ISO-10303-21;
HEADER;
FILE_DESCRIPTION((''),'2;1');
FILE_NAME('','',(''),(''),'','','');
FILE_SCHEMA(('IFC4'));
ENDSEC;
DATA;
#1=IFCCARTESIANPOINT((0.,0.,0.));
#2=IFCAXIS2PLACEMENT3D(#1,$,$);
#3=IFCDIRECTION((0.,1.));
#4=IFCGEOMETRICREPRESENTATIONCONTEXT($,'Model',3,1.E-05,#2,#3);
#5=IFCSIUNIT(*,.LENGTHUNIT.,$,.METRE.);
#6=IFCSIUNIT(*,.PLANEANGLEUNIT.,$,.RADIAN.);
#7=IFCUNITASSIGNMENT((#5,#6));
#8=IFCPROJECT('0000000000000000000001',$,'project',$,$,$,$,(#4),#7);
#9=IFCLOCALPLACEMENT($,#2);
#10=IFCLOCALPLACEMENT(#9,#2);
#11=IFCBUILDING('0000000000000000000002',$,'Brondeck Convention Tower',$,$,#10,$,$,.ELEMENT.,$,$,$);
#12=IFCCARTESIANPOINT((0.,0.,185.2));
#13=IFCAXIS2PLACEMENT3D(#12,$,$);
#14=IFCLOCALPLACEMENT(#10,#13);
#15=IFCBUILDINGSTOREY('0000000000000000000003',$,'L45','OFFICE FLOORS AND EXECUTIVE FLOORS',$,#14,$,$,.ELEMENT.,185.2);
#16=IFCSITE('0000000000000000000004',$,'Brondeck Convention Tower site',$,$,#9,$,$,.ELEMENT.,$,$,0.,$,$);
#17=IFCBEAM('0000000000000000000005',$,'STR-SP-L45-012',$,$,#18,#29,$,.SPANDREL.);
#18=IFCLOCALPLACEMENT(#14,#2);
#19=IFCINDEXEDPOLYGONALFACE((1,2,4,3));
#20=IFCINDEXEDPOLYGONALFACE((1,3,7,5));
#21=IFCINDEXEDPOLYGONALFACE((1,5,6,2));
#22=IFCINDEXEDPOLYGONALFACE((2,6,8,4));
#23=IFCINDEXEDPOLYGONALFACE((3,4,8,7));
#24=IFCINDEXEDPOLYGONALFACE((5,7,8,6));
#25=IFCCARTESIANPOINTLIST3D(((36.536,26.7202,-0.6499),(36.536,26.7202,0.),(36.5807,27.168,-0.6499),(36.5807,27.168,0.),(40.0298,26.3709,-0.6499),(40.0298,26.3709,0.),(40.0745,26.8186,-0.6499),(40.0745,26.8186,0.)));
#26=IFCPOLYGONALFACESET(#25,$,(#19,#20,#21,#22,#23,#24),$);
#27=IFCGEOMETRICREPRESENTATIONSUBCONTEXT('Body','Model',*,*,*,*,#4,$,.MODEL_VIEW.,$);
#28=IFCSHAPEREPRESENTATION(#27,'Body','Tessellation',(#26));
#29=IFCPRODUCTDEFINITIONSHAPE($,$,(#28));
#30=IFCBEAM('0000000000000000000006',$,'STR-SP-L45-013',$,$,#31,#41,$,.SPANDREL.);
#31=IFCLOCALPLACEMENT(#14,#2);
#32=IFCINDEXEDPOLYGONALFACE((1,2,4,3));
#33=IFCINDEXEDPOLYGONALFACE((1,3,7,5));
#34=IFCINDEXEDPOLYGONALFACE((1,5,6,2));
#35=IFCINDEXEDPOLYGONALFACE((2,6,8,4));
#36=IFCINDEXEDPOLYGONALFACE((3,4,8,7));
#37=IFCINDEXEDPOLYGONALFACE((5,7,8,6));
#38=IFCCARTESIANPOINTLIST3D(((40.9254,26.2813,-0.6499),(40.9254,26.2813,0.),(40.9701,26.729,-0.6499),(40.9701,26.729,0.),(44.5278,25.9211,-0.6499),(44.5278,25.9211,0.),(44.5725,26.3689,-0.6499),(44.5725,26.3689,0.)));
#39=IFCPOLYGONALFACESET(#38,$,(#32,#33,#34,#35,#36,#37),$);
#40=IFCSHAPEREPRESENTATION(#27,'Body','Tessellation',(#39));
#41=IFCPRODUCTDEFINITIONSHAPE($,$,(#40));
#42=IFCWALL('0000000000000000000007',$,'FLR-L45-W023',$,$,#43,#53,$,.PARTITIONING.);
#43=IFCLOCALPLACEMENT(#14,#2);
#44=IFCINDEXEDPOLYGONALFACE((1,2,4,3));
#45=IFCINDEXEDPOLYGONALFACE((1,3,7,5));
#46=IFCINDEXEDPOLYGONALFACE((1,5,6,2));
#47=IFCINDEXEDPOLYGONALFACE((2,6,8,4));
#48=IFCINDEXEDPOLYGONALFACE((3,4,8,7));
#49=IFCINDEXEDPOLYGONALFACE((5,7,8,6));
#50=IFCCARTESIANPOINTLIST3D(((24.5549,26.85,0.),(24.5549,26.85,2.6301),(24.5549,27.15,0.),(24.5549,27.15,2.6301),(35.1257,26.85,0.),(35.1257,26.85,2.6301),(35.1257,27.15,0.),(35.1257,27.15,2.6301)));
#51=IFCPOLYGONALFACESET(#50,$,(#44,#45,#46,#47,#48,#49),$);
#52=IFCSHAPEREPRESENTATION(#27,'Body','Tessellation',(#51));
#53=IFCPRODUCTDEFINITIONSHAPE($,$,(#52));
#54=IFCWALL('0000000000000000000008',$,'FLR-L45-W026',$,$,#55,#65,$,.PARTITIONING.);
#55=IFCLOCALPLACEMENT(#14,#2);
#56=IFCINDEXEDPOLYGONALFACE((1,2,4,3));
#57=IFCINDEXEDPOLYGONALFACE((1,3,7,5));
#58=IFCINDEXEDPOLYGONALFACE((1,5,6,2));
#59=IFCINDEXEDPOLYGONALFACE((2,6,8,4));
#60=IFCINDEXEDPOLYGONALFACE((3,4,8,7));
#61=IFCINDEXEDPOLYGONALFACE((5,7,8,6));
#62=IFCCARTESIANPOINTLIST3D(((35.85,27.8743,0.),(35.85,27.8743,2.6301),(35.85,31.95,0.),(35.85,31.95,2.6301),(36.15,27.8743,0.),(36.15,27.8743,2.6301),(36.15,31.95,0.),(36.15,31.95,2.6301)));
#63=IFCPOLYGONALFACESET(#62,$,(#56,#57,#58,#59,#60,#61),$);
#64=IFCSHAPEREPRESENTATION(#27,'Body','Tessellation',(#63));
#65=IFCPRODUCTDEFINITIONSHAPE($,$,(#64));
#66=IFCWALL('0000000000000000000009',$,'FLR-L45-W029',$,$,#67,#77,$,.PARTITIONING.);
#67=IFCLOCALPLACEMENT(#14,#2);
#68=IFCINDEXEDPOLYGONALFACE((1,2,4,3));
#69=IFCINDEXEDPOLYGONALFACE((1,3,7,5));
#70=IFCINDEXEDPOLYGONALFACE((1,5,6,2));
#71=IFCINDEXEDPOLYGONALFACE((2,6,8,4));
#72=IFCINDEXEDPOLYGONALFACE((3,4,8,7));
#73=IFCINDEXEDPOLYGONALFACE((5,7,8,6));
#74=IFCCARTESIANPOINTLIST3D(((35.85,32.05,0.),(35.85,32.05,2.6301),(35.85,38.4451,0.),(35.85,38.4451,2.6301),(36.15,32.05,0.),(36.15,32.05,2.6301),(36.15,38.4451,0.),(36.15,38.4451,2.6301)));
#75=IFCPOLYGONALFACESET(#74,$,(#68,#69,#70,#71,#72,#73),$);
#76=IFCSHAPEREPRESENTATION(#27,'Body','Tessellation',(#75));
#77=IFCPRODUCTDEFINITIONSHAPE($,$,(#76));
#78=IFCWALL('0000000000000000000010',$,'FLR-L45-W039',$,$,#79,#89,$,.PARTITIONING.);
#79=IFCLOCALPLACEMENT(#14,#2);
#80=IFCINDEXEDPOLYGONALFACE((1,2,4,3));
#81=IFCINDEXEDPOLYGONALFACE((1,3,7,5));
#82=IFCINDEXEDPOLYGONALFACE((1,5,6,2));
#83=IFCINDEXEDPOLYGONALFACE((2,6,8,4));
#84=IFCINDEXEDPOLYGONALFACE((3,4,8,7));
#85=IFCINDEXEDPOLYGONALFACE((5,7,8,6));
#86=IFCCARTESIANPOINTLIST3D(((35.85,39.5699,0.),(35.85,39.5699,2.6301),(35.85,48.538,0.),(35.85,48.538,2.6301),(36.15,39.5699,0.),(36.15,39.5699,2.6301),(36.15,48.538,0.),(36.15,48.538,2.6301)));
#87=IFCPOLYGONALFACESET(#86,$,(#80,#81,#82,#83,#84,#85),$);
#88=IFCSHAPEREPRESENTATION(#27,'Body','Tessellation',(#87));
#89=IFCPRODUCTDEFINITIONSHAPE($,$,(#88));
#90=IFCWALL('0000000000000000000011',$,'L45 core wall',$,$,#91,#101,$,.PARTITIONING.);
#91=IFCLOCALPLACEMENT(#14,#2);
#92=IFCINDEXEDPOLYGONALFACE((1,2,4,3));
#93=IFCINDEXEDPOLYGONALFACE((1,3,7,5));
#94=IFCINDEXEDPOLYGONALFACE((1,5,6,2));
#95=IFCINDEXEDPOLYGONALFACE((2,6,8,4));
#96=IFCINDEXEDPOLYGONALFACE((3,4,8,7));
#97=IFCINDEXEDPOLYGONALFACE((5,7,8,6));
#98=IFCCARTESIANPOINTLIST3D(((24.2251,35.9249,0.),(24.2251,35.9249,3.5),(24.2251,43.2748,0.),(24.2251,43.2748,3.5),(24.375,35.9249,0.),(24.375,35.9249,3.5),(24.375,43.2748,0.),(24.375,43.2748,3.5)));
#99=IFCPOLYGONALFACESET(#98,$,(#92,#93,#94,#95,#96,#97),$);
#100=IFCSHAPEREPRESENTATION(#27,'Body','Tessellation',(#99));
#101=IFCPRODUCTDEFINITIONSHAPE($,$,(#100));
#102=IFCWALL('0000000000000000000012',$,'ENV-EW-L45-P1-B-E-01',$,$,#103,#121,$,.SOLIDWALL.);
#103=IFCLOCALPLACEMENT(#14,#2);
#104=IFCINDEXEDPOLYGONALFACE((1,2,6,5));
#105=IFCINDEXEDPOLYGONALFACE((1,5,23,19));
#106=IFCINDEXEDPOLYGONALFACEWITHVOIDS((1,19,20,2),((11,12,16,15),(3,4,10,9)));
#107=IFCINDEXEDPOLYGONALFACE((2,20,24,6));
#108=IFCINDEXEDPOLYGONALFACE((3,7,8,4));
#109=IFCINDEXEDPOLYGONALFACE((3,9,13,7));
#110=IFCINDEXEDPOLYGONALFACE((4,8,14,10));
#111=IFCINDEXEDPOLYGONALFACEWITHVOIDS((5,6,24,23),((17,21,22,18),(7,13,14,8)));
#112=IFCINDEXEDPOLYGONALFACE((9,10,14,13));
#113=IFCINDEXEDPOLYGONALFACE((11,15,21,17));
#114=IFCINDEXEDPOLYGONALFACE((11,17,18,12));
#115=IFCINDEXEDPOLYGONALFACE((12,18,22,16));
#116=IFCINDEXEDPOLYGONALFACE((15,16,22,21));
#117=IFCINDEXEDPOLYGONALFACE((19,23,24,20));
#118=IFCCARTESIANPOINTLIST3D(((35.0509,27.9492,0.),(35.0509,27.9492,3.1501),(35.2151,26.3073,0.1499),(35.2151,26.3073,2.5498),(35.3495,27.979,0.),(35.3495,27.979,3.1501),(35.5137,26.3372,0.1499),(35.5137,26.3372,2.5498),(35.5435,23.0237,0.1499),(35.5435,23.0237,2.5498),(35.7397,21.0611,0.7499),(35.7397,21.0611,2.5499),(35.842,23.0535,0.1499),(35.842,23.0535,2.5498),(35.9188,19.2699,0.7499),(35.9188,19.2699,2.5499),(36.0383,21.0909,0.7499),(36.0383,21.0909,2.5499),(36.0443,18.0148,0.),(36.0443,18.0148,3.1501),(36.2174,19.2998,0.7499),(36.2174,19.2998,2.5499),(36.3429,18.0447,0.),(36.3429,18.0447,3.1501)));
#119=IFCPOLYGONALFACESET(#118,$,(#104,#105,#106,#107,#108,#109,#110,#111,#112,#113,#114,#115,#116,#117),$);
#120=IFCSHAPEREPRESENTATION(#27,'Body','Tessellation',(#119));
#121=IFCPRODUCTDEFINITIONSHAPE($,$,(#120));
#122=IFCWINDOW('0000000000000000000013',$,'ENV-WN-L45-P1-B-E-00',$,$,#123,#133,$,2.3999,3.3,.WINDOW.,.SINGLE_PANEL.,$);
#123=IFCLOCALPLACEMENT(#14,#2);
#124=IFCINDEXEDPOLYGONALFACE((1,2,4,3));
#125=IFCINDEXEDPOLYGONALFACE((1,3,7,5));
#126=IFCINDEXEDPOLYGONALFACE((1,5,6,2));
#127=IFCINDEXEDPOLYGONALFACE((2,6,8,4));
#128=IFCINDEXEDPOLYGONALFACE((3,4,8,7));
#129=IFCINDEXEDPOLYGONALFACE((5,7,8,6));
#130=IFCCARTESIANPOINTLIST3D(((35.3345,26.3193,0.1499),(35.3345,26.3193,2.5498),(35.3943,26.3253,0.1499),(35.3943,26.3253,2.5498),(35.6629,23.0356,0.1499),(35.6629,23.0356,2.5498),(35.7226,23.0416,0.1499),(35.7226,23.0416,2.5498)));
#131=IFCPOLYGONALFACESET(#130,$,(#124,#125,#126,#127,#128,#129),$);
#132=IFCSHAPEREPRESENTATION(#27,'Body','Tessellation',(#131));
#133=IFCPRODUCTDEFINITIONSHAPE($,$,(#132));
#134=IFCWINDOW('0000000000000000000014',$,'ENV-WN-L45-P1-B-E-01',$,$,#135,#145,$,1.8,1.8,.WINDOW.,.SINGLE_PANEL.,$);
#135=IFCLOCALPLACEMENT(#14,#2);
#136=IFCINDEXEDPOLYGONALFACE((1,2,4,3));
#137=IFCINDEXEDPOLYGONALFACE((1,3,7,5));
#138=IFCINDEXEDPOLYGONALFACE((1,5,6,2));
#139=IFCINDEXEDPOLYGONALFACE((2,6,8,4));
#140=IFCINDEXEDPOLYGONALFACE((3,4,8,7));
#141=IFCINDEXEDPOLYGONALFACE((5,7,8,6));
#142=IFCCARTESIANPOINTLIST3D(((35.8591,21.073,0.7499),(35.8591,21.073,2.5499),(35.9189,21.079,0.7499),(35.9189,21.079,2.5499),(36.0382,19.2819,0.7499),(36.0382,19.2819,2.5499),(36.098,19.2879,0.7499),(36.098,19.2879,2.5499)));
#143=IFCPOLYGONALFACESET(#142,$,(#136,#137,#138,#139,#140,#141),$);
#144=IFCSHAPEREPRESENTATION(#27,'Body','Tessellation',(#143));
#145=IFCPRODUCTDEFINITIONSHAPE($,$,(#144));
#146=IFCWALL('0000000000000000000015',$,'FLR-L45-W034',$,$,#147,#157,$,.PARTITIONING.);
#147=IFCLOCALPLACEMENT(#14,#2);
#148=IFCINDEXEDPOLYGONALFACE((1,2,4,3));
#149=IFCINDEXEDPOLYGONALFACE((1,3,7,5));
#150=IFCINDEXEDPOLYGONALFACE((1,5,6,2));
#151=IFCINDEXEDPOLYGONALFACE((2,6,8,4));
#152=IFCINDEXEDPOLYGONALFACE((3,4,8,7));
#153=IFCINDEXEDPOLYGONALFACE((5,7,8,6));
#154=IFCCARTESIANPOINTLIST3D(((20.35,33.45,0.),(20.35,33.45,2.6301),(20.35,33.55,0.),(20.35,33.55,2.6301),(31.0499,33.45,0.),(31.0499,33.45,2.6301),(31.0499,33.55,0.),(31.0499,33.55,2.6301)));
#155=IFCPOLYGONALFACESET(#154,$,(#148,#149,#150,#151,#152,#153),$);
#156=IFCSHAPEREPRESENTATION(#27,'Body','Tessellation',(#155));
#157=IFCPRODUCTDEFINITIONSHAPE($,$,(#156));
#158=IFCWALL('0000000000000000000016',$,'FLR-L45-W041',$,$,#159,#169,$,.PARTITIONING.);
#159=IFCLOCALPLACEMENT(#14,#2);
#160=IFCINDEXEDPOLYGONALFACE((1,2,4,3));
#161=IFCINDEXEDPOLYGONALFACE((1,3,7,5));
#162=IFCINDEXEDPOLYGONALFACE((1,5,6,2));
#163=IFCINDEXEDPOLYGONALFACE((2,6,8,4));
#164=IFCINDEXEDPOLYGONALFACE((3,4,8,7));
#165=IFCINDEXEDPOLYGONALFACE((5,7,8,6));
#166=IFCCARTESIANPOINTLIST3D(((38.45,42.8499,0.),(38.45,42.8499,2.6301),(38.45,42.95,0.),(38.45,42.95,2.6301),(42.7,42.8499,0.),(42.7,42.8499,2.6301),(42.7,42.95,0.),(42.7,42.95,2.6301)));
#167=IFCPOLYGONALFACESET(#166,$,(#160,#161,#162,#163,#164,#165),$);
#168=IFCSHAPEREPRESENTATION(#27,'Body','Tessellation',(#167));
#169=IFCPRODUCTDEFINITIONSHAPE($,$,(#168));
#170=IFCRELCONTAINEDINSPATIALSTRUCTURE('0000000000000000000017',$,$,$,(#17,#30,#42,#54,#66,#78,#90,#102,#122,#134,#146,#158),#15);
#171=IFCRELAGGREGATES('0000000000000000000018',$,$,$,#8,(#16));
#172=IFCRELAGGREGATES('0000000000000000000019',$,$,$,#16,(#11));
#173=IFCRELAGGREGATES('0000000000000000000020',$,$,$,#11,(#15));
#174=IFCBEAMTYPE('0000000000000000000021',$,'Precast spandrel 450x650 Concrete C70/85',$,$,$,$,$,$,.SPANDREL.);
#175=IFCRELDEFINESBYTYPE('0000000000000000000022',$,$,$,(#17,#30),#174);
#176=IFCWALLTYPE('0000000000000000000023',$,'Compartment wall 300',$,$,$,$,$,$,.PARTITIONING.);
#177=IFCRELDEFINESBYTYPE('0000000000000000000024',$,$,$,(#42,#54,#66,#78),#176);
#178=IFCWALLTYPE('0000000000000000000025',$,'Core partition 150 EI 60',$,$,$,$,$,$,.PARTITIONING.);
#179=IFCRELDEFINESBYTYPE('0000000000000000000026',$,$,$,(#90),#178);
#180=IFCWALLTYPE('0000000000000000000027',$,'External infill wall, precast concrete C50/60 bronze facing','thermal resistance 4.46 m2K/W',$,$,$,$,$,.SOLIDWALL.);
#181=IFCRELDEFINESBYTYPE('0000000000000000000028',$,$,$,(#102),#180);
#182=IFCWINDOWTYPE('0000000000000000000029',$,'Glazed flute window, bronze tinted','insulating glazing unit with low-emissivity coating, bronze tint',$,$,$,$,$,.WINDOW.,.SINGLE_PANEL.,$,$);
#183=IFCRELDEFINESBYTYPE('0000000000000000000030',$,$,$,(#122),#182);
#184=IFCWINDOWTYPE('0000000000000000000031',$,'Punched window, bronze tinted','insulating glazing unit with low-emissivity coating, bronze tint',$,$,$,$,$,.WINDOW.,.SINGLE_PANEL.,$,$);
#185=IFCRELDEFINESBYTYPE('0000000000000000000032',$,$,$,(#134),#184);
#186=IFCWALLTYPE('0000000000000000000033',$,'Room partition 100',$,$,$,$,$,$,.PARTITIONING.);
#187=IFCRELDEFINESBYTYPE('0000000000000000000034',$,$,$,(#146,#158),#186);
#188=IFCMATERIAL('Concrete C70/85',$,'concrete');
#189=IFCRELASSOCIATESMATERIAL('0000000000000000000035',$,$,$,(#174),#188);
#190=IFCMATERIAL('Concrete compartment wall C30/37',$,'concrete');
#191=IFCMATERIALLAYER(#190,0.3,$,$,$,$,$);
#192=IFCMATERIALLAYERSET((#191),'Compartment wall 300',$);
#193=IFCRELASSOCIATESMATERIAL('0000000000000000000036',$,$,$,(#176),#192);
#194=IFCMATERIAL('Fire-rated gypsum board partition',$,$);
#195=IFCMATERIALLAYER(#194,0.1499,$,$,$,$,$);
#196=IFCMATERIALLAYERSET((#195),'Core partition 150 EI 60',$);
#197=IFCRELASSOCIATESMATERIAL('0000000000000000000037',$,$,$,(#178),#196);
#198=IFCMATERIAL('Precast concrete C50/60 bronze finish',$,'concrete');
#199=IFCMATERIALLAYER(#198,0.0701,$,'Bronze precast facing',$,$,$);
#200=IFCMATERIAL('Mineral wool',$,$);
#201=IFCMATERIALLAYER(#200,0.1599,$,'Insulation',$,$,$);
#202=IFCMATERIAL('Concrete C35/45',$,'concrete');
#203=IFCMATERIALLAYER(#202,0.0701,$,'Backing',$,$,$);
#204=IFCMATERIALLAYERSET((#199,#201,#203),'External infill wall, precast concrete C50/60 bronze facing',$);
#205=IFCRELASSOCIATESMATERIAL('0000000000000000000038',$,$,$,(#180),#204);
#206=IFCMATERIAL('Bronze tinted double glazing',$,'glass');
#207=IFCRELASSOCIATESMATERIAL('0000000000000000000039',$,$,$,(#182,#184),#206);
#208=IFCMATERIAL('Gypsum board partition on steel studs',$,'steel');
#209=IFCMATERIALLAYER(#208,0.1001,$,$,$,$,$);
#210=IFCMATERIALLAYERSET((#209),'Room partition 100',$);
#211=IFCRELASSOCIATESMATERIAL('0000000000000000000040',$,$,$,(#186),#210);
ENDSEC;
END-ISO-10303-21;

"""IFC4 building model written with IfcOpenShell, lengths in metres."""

from ifc_helpers import new_model, si_unit, direction, frame, frame_2d, origin, origin_2d, place, context, subcontext, project, spatial, rectangle, extrude, material, layer, layer_set, material_profile, profile_set, type_object, element, fill, save


model = new_model("IFC4")

# Units and contexts
model_context = context("Model", 3, precision=1e-05, world=origin(), true_north=direction((0.0, 1.0)))
body_context = subcontext(model_context, "Body", "Model", "MODEL_VIEW")
ifc_project = project(units=[si_unit("LENGTHUNIT", "METRE"), si_unit("PLANEANGLEUNIT", "RADIAN")], contexts=[model_context])

# Site, building, storey
site_placement = place(None, origin())
site = spatial("IfcSite", under=ifc_project, at=site_placement, Name="Brondeck Convention Tower site", CompositionType="ELEMENT", RefElevation=0.0)
building_placement = place(site_placement, origin())
building = spatial("IfcBuilding", under=site, at=building_placement, Name="Brondeck Convention Tower", CompositionType="ELEMENT")
storey_placement = place(building_placement, frame((0.0, 0.0, 185.2)))
storey = spatial("IfcBuildingStorey", under=building, at=storey_placement, Name="L45", Description="OFFICE FLOORS AND EXECUTIVE FLOORS", CompositionType="ELEMENT", Elevation=185.2)

# Shared definitions
ifc_material_1 = material(Name="Concrete C70/85", Category="concrete")

# Beams
ifc_material_profile_1 = material_profile(ifc_material_1, rectangle(XDim=0.45, YDim=0.6499, at=origin_2d()), Name="Precast spandrel 450x650 Concrete C70/85")
ifc_profile_set_1 = profile_set([ifc_material_profile_1], Name="Concrete C70/85")
beam_type_1 = type_object("IfcBeamType", Name="Precast spandrel 450x650 Concrete C70/85", PredefinedType="SPANDREL", material=ifc_profile_set_1)
beam_1_placement = place(storey_placement, frame((36.5583, 26.9441, -0.325), z_axis=(0.995038, -0.099497, 0.0), x_axis=(0.099497, 0.995038, 0.0)))
element("IfcBeam", 1, at=beam_1_placement, inside=storey, type_object=beam_type_1, Name="STR-SP-L45-012", PredefinedType="SPANDREL", context=body_context, shape_type="SweptSolid", body=[
    extrude(rectangle(XDim=0.45, YDim=0.6499, at=origin_2d()), origin(), (0.0, 0.0, 1.0), 3.5112),
])
beam_2_placement = place(storey_placement, frame((40.9478, 26.5051, -0.325), z_axis=(0.995041, -0.09947, 0.0), x_axis=(0.09947, 0.995041, 0.0)))
element("IfcBeam", 2, at=beam_2_placement, inside=storey, type_object=beam_type_1, Name="STR-SP-L45-013", PredefinedType="SPANDREL", context=body_context, shape_type="SweptSolid", body=[
    extrude(rectangle(XDim=0.45, YDim=0.6499, at=origin_2d()), origin(), (0.0, 0.0, 1.0), 3.6204),
])

# Walls
ifc_material_2 = material(Name="Concrete compartment wall C30/37", Category="concrete")
ifc_layer_1 = layer(ifc_material_2, 0.3)
ifc_layer_set_1 = layer_set([ifc_layer_1], Name="Compartment wall 300")
wall_type_1 = type_object("IfcWallType", Name="Compartment wall 300", PredefinedType="PARTITIONING", material=ifc_layer_set_1)
wall_1_placement = place(storey_placement, frame((24.5549, 27.0, 0.0), z_axis=(0.0, 0.0, 1.0), x_axis=(1.0, 0.0, 0.0)))
element("IfcWall", 3, at=wall_1_placement, inside=storey, type_object=wall_type_1, Name="FLR-L45-W023", PredefinedType="PARTITIONING", context=body_context, shape_type="SweptSolid", body=[
    extrude(rectangle(XDim=10.5708, YDim=0.3, at=frame_2d((5.2854, 0.0))), origin(), (0.0, 0.0, 1.0), 2.6301),
])
wall_2_placement = place(storey_placement, frame((36.0, 27.8743, 0.0), z_axis=(0.0, 0.0, 1.0), x_axis=(0.0, 1.0, 0.0)))
element("IfcWall", 4, at=wall_2_placement, inside=storey, type_object=wall_type_1, Name="FLR-L45-W026", PredefinedType="PARTITIONING", context=body_context, shape_type="SweptSolid", body=[
    extrude(rectangle(XDim=4.0757, YDim=0.3, at=frame_2d((2.0378, 0.0))), origin(), (0.0, 0.0, 1.0), 2.6301),
])
wall_3_placement = place(storey_placement, frame((36.0, 32.05, 0.0), z_axis=(0.0, 0.0, 1.0), x_axis=(0.0, 1.0, 0.0)))
element("IfcWall", 5, at=wall_3_placement, inside=storey, type_object=wall_type_1, Name="FLR-L45-W029", PredefinedType="PARTITIONING", context=body_context, shape_type="SweptSolid", body=[
    extrude(rectangle(XDim=6.395, YDim=0.3, at=frame_2d((3.1975, 0.0))), origin(), (0.0, 0.0, 1.0), 2.6301),
])
wall_4_placement = place(storey_placement, frame((36.0, 39.5701, 0.0), z_axis=(0.0, 0.0, 1.0), x_axis=(0.0, 1.0, 0.0)))
element("IfcWall", 6, at=wall_4_placement, inside=storey, type_object=wall_type_1, Name="FLR-L45-W039", PredefinedType="PARTITIONING", context=body_context, shape_type="SweptSolid", body=[
    extrude(rectangle(XDim=8.968, YDim=0.3, at=frame_2d((4.4839, 0.0))), origin(), (0.0, 0.0, 1.0), 2.6301),
])
ifc_material_3 = material(Name="Fire-rated gypsum board partition")
ifc_layer_2 = layer(ifc_material_3, 0.1499)
ifc_layer_set_2 = layer_set([ifc_layer_2], Name="Core partition 150 EI 60")
wall_type_2 = type_object("IfcWallType", Name="Core partition 150 EI 60", PredefinedType="PARTITIONING", material=ifc_layer_set_2)
wall_5_placement = place(storey_placement, frame((24.3, 35.925, 0.0), z_axis=(0.0, 0.0, 1.0), x_axis=(0.0, 1.0, 0.0)))
element("IfcWall", 7, at=wall_5_placement, inside=storey, type_object=wall_type_2, Name="L45 core wall", PredefinedType="PARTITIONING", context=body_context, shape_type="SweptSolid", body=[
    extrude(rectangle(XDim=7.3499, YDim=0.1499, at=frame_2d((3.6748, 0.0))), origin(), (0.0, 0.0, 1.0), 3.5),
])

# Wall, openings, windows
ifc_material_4 = material(Name="Precast concrete C50/60 bronze finish", Category="concrete")
ifc_layer_3 = layer(ifc_material_4, 0.0701, Name="Bronze precast facing")
ifc_material_5 = material(Name="Mineral wool")
ifc_layer_4 = layer(ifc_material_5, 0.1599, Name="Insulation")
ifc_material_6 = material(Name="Concrete C35/45", Category="concrete")
ifc_layer_5 = layer(ifc_material_6, 0.0701, Name="Backing")
ifc_layer_set_3 = layer_set([ifc_layer_3, ifc_layer_4, ifc_layer_5], Name="External infill wall, precast concrete C50/60 bronze facing")
wall_type_3 = type_object("IfcWallType", Name="External infill wall, precast concrete C50/60 bronze facing", Description="thermal resistance 4.46 m2K/W", PredefinedType="SOLIDWALL", material=ifc_layer_set_3)
wall_6_placement = place(storey_placement, frame((35.2002, 27.9641, 0.0), z_axis=(0.0, 0.0, 1.0), x_axis=(0.099501, -0.995037, 0.0)))
wall_6 = element("IfcWall", 8, at=wall_6_placement, inside=storey, type_object=wall_type_3, Name="ENV-EW-L45-P1-B-E-01", PredefinedType="SOLIDWALL", context=body_context, shape_type="SweptSolid", body=[
    extrude(rectangle(XDim=9.9839, YDim=0.3, at=frame_2d((4.9919, 0.0))), origin(), (0.0, 0.0, 1.0), 3.1501),
])
opening_1_placement = place(wall_6_placement, frame((1.6501, 0.0, 0.1499)))
opening_1 = element("IfcOpeningElement", 9, at=opening_1_placement, cuts=wall_6, PredefinedType="OPENING", context=body_context, shape_type="SweptSolid", body=[
    extrude(rectangle(XDim=3.3, YDim=2.3999, at=frame_2d((1.6499, 1.2))), frame((0.0, 0.1599, 0.0), z_axis=(0.0, -1.0, 0.0), x_axis=(1.0, 0.0, 0.0)), (0.0, 0.0, 1.0), 0.3201),
])
opening_2_placement = place(wall_6_placement, frame((6.9226, 0.0, 0.75)))
opening_2 = element("IfcOpeningElement", 10, at=opening_2_placement, cuts=wall_6, PredefinedType="OPENING", context=body_context, shape_type="SweptSolid", body=[
    extrude(rectangle(XDim=1.8, YDim=1.8, at=frame_2d((0.8999, 0.8999))), frame((0.0, 0.1599, 0.0), z_axis=(0.0, -1.0, 0.0), x_axis=(1.0, 0.0, 0.0)), (0.0, 0.0, 1.0), 0.3201),
])
ifc_material_7 = material(Name="Bronze tinted double glazing", Category="glass")
window_type_1 = type_object("IfcWindowType", Name="Glazed flute window, bronze tinted", Description="insulating glazing unit with low-emissivity coating, bronze tint", PartitioningType="SINGLE_PANEL", PredefinedType="WINDOW", material=ifc_material_7)
window_1_placement = place(opening_1_placement, origin())
window_1 = element("IfcWindow", 11, at=window_1_placement, inside=storey, type_object=window_type_1, Name="ENV-WN-L45-P1-B-E-00", OverallHeight=2.3999, OverallWidth=3.3, PartitioningType="SINGLE_PANEL", PredefinedType="WINDOW", context=body_context, shape_type="SweptSolid", body=[
    extrude(rectangle(XDim=3.3, YDim=2.3999, at=frame_2d((1.6499, 1.2))), frame((0.0, 0.03, 0.0), z_axis=(0.0, -1.0, 0.0), x_axis=(1.0, 0.0, 0.0)), (0.0, 0.0, 1.0), 0.0601),
])
fill(opening_1, window_1)
window_type_2 = type_object("IfcWindowType", Name="Punched window, bronze tinted", Description="insulating glazing unit with low-emissivity coating, bronze tint", PartitioningType="SINGLE_PANEL", PredefinedType="WINDOW", material=ifc_material_7)
window_2_placement = place(opening_2_placement, origin())
window_2 = element("IfcWindow", 12, at=window_2_placement, inside=storey, type_object=window_type_2, Name="ENV-WN-L45-P1-B-E-01", OverallHeight=1.8, OverallWidth=1.8, PartitioningType="SINGLE_PANEL", PredefinedType="WINDOW", context=body_context, shape_type="SweptSolid", body=[
    extrude(rectangle(XDim=1.8, YDim=1.8, at=frame_2d((0.8999, 0.8999))), frame((0.0, 0.03, 0.0), z_axis=(0.0, -1.0, 0.0), x_axis=(1.0, 0.0, 0.0)), (0.0, 0.0, 1.0), 0.0601),
])
fill(opening_2, window_2)

# Walls
ifc_material_8 = material(Name="Gypsum board partition on steel studs", Category="steel")
ifc_layer_6 = layer(ifc_material_8, 0.1001)
ifc_layer_set_4 = layer_set([ifc_layer_6], Name="Room partition 100")
wall_type_4 = type_object("IfcWallType", Name="Room partition 100", PredefinedType="PARTITIONING", material=ifc_layer_set_4)
wall_7_placement = place(storey_placement, frame((31.05, 33.5, 0.0), z_axis=(0.0, 0.0, 1.0), x_axis=(-1.0, 0.0, 0.0)))
element("IfcWall", 13, at=wall_7_placement, inside=storey, type_object=wall_type_4, Name="FLR-L45-W034", PredefinedType="PARTITIONING", context=body_context, shape_type="SweptSolid", body=[
    extrude(rectangle(XDim=10.7, YDim=0.1001, at=frame_2d((5.3501, 0.0))), origin(), (0.0, 0.0, 1.0), 2.6301),
])
wall_8_placement = place(storey_placement, frame((38.45, 42.8999, 0.0), z_axis=(0.0, 0.0, 1.0), x_axis=(1.0, 0.0, 0.0)))
element("IfcWall", 14, at=wall_8_placement, inside=storey, type_object=wall_type_4, Name="FLR-L45-W041", PredefinedType="PARTITIONING", context=body_context, shape_type="SweptSolid", body=[
    extrude(rectangle(XDim=4.25, YDim=0.1001, at=frame_2d((2.125, 0.0))), origin(), (0.0, 0.0, 1.0), 2.6301),
])

save(model, "model.ifc")
